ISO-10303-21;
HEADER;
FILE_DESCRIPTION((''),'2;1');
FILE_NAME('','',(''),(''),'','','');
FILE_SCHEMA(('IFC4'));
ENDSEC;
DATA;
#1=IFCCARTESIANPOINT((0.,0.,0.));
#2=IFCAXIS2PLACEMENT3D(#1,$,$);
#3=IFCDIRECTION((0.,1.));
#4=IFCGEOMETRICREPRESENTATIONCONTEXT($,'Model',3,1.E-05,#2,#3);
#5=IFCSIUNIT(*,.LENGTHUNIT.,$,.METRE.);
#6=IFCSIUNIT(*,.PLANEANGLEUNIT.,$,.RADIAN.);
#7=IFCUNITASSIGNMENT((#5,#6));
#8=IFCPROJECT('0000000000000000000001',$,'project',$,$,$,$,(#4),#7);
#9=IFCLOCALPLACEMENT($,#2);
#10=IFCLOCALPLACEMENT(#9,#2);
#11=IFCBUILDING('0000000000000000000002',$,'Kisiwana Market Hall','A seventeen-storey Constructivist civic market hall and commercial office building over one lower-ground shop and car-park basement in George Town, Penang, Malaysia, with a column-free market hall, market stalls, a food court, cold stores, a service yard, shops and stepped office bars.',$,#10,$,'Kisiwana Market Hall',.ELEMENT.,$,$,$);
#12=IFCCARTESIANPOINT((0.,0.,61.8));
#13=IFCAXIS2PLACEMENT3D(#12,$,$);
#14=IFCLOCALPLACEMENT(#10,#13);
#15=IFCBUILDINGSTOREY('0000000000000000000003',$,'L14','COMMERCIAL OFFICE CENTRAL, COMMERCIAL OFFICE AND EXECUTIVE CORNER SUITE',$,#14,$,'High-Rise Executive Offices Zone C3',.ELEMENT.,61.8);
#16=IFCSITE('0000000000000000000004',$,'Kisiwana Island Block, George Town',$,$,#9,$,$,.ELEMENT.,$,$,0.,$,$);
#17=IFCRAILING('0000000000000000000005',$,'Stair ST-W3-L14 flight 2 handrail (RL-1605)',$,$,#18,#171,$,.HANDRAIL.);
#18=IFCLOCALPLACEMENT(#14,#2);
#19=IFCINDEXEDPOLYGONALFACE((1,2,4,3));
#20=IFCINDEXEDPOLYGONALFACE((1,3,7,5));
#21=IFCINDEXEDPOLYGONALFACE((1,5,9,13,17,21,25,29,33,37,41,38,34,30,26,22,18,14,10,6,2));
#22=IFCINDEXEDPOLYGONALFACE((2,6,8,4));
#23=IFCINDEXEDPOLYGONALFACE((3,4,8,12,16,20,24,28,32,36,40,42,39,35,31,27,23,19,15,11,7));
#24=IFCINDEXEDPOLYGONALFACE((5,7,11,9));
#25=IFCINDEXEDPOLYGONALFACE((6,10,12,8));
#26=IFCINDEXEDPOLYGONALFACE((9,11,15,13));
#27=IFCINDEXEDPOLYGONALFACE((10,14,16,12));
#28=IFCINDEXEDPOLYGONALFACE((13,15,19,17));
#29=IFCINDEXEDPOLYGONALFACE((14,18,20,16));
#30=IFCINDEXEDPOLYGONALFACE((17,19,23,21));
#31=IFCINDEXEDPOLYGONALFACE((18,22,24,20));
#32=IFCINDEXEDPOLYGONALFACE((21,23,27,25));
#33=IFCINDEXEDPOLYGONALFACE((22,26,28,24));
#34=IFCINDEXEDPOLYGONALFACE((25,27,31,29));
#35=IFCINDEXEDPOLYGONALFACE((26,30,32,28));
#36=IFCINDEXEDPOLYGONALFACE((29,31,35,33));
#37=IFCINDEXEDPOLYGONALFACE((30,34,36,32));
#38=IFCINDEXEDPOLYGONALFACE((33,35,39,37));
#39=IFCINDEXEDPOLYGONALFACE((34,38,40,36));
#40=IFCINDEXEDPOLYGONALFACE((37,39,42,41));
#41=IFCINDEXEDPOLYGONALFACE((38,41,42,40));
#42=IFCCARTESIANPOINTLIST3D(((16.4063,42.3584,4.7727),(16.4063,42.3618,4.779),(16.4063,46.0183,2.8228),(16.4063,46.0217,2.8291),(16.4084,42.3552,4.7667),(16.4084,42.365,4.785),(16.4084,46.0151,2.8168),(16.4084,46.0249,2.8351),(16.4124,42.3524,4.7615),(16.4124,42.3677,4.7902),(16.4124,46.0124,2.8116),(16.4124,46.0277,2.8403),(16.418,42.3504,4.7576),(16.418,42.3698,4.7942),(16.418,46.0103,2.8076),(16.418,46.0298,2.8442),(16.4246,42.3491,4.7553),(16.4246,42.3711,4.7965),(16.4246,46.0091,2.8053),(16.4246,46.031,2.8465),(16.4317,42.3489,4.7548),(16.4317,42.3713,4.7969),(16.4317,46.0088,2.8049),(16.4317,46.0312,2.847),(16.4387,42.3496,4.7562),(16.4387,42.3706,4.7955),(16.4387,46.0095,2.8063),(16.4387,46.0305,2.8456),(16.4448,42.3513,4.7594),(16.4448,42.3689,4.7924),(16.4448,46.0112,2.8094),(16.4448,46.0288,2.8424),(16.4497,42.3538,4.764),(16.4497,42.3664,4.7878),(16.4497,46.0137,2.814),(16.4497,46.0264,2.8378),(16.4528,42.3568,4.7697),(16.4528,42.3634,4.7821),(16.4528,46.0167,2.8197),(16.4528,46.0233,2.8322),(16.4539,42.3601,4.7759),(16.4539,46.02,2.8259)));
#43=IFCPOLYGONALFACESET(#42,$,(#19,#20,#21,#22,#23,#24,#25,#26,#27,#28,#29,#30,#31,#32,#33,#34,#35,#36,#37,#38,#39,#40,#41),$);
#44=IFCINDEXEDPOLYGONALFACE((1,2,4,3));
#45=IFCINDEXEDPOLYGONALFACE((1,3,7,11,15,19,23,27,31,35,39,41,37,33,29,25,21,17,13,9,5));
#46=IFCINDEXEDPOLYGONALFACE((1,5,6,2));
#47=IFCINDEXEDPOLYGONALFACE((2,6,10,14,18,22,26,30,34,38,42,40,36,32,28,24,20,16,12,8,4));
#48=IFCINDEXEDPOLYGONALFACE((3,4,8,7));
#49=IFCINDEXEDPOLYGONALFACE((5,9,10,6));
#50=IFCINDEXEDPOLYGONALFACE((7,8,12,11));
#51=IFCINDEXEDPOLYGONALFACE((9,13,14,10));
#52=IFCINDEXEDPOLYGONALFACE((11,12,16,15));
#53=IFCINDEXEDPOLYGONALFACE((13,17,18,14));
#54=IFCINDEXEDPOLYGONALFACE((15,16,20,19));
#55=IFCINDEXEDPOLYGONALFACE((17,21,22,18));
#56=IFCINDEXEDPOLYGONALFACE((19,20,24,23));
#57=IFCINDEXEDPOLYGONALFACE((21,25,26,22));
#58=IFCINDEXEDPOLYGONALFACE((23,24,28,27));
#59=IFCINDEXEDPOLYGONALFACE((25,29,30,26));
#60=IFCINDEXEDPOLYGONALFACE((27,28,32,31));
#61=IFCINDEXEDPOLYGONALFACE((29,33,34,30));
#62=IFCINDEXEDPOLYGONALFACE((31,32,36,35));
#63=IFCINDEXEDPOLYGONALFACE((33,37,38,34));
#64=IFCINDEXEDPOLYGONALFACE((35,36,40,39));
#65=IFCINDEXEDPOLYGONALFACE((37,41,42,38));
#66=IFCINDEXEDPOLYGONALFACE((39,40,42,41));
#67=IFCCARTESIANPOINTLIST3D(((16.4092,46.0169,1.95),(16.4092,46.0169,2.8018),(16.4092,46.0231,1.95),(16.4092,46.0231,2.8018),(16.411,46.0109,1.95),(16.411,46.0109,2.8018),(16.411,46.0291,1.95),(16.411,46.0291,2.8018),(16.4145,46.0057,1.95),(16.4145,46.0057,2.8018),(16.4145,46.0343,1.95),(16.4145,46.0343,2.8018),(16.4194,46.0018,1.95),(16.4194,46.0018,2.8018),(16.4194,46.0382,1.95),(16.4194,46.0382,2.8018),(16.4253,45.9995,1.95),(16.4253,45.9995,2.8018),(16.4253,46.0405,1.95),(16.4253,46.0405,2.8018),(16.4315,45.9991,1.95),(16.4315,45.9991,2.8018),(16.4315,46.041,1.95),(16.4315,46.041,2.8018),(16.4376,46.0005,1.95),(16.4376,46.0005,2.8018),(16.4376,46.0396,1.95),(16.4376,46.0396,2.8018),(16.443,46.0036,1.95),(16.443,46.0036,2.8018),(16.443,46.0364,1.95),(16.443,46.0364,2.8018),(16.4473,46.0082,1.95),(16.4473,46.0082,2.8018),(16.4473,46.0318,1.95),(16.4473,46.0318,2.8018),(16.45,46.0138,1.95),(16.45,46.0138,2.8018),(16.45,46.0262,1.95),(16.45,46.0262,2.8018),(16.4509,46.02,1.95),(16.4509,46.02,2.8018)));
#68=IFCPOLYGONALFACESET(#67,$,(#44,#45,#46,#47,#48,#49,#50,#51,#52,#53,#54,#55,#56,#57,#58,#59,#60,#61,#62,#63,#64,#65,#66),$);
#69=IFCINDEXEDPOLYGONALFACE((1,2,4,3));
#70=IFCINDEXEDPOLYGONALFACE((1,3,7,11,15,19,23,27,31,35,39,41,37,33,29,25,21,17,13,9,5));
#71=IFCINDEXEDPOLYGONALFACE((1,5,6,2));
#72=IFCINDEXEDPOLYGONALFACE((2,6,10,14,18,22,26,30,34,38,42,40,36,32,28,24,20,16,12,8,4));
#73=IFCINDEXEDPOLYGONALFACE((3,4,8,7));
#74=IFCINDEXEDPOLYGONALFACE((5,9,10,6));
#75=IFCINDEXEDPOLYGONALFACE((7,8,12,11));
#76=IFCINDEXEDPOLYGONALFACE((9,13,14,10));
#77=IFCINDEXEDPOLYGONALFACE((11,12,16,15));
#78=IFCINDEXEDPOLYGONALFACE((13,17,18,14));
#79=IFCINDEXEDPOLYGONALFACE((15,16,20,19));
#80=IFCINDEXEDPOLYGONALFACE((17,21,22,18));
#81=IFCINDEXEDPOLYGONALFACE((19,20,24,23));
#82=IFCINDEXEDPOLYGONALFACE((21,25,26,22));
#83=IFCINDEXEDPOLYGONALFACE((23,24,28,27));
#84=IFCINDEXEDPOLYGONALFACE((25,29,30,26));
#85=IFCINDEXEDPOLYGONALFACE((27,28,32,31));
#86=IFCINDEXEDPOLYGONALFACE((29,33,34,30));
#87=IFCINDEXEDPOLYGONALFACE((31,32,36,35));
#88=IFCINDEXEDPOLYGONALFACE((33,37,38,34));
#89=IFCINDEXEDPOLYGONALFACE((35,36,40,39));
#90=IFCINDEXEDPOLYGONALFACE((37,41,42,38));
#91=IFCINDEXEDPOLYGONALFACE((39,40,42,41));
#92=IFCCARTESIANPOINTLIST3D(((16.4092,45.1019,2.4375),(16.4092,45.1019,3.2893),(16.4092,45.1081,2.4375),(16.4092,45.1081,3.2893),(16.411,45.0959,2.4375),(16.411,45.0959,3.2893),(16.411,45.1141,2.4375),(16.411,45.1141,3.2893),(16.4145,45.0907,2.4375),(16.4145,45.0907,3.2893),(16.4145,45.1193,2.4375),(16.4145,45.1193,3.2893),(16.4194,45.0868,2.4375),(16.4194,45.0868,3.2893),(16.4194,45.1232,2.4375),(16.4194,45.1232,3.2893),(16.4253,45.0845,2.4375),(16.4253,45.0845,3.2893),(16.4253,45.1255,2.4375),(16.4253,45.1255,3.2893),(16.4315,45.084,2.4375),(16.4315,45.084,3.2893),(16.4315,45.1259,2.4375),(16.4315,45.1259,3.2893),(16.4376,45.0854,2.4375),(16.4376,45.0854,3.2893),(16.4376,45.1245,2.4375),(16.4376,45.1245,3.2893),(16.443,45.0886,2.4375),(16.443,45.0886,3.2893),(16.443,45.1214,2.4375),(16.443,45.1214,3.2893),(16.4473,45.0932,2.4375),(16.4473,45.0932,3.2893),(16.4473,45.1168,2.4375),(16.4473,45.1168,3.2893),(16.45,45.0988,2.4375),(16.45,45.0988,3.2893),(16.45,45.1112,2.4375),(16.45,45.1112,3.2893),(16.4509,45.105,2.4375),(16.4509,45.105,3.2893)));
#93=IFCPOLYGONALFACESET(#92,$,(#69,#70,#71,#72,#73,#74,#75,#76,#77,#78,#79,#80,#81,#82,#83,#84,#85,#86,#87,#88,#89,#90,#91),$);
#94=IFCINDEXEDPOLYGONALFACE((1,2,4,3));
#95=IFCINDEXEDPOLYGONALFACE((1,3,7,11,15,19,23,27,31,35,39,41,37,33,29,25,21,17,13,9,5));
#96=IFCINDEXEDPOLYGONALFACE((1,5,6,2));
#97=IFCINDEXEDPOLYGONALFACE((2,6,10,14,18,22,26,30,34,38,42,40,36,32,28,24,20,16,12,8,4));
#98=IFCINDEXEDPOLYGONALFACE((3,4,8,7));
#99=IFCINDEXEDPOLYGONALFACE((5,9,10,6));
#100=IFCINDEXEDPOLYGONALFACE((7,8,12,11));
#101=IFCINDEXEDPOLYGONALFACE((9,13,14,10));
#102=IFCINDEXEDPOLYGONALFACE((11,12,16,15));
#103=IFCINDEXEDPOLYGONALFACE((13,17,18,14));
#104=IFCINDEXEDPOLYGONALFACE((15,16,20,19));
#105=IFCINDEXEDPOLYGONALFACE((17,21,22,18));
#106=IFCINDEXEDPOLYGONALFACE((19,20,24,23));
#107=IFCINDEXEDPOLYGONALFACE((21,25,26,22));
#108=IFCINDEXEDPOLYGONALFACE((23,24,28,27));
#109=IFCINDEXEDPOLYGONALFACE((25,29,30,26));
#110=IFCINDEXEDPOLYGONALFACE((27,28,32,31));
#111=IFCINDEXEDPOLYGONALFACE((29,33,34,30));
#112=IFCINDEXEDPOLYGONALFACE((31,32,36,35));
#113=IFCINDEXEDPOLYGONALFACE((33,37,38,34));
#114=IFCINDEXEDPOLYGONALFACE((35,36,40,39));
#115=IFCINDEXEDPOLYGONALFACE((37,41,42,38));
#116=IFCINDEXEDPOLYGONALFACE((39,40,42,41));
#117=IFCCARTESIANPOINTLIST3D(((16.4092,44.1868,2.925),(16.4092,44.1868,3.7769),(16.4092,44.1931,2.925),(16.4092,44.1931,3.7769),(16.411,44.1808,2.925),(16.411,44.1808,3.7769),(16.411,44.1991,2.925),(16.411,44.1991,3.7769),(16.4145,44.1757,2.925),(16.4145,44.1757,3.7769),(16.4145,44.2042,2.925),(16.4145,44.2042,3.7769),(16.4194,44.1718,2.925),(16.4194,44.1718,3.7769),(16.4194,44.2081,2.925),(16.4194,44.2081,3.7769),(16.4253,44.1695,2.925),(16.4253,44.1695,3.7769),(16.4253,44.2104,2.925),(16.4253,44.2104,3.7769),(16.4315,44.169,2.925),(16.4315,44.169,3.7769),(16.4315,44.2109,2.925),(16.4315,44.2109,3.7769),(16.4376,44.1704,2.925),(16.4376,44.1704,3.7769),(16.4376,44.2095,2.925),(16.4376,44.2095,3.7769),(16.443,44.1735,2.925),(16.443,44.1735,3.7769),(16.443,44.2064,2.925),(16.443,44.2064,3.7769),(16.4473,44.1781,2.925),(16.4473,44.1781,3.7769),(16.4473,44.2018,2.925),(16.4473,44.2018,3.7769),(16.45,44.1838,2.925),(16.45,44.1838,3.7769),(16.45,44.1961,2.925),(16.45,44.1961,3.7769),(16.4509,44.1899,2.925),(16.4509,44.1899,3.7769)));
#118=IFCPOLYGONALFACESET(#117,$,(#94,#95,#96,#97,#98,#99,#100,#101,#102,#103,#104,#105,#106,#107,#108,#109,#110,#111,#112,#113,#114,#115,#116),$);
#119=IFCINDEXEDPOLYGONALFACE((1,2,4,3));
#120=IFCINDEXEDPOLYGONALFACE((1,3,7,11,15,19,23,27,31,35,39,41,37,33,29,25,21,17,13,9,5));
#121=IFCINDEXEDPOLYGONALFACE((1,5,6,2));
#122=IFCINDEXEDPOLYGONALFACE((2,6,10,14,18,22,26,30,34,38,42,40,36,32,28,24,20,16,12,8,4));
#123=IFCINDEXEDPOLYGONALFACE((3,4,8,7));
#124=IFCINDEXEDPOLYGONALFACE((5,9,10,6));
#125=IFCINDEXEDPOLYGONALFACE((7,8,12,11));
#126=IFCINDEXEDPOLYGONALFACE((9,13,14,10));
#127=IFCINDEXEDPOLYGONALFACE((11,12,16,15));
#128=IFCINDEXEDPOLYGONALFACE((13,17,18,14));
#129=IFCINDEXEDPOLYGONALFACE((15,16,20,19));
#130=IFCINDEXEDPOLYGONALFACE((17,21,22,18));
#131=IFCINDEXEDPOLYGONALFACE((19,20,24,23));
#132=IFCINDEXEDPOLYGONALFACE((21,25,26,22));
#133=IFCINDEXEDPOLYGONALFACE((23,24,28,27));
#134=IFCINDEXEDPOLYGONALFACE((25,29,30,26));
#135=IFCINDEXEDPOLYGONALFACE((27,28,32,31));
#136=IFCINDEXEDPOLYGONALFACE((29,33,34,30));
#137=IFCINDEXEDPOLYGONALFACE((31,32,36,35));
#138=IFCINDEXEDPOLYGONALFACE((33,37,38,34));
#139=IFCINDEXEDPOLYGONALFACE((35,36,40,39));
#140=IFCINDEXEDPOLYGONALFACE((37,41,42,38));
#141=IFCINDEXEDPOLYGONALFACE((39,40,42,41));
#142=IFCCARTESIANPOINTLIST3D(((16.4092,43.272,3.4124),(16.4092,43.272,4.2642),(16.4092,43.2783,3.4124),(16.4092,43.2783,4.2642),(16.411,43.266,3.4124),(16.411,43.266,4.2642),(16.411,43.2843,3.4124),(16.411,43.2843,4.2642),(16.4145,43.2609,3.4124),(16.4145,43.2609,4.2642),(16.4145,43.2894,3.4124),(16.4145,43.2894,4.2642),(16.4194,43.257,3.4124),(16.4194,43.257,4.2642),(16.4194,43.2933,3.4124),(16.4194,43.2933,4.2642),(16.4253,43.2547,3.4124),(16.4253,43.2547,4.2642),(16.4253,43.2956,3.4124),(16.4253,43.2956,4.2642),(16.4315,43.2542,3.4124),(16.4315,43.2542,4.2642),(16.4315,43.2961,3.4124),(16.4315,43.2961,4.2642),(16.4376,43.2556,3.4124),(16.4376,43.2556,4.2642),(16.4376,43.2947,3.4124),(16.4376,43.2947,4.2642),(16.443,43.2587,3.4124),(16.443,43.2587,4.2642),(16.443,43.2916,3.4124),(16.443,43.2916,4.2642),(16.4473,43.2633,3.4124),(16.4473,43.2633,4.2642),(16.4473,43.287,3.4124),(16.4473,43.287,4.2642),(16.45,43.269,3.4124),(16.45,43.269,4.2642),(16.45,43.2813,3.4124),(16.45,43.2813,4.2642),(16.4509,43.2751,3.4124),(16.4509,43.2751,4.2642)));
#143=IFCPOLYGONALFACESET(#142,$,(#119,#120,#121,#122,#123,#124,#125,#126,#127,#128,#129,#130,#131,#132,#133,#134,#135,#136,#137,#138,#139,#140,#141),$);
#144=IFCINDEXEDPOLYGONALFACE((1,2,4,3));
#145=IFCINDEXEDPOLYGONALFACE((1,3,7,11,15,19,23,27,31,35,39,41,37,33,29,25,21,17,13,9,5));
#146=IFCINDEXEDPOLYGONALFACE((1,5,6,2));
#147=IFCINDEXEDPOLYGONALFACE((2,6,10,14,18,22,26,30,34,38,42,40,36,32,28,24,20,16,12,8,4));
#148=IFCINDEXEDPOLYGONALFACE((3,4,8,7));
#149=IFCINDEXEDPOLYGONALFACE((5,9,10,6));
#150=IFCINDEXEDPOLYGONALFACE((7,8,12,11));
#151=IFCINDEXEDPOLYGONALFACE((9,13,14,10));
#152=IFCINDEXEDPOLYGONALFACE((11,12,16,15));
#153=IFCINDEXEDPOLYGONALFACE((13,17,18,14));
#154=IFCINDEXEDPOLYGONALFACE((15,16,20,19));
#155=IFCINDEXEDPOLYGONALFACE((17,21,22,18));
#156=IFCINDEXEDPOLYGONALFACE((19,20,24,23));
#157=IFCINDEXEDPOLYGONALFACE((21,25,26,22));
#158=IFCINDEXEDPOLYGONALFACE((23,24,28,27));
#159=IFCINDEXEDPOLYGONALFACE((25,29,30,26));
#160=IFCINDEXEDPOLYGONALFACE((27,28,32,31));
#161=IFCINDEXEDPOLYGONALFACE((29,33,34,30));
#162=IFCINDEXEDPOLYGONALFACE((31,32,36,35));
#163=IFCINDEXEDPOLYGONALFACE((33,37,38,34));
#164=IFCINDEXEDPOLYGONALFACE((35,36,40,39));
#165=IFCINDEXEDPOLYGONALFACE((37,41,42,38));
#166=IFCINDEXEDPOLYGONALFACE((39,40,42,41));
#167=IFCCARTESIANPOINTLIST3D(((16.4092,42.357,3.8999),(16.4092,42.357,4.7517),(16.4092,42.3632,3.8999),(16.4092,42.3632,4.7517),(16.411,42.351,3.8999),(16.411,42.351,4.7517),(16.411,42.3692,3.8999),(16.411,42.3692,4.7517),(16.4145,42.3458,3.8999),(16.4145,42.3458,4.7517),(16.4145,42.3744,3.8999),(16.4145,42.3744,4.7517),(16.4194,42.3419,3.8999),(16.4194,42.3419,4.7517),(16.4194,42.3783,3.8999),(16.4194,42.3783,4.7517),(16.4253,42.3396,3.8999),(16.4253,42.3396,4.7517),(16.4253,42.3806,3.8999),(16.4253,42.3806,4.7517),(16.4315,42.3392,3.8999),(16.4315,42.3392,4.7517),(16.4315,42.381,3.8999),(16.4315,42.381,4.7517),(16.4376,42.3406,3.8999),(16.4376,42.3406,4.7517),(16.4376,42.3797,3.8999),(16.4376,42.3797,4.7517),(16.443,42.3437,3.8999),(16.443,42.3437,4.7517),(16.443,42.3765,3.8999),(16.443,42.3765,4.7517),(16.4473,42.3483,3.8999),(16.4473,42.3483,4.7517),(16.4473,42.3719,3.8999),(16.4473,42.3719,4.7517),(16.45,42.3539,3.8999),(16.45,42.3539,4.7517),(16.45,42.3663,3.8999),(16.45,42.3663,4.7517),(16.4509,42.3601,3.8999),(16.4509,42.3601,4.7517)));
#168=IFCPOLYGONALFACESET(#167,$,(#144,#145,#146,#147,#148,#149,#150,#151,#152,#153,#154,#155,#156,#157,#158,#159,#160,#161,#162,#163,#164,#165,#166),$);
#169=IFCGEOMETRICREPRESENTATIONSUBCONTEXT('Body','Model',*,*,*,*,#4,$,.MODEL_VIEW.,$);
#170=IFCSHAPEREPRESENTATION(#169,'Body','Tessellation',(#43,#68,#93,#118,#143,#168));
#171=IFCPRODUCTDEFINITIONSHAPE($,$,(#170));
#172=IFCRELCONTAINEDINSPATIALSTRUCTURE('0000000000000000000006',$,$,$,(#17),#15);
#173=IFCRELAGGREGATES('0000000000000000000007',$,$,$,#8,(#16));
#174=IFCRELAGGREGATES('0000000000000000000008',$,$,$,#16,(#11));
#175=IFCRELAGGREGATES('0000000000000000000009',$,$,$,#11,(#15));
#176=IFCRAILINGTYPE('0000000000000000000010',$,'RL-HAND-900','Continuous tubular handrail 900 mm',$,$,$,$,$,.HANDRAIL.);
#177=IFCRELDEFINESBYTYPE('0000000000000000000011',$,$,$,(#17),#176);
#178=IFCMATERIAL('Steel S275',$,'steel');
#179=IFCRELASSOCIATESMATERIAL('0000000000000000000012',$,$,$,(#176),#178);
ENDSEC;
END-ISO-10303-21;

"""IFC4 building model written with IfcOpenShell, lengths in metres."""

from ifc_helpers import new_model, si_unit, direction, frame, origin, origin_2d, place, context, subcontext, project, spatial, circle, extrude, material, type_object, element, save


model = new_model("IFC4")

# Units and contexts
model_context = context("Model", 3, precision=1e-05, world=origin(), true_north=direction((0.0, 1.0)))
body_context = subcontext(model_context, "Body", "Model", "MODEL_VIEW")
ifc_project = project(units=[si_unit("LENGTHUNIT", "METRE"), si_unit("PLANEANGLEUNIT", "RADIAN")], contexts=[model_context])

# Site, building, storey
site_placement = place(None, origin())
site = spatial("IfcSite", under=ifc_project, at=site_placement, Name="Kisiwana Island Block, George Town", CompositionType="ELEMENT", RefElevation=0.0)
building_placement = place(site_placement, origin())
building = spatial("IfcBuilding", under=site, at=building_placement, Name="Kisiwana Market Hall", Description="A seventeen-storey Constructivist civic market hall and commercial office building over one lower-ground shop and car-park basement in George Town, Penang, Malaysia, with a column-free market hall, market stalls, a food court, cold stores, a service yard, shops and stepped office bars.", LongName="Kisiwana Market Hall", CompositionType="ELEMENT")
storey_placement = place(building_placement, frame((0.0, 0.0, 61.8)))
storey = spatial("IfcBuildingStorey", under=building, at=storey_placement, Name="L14", Description="COMMERCIAL OFFICE CENTRAL, COMMERCIAL OFFICE AND EXECUTIVE CORNER SUITE", LongName="High-Rise Executive Offices Zone C3", CompositionType="ELEMENT", Elevation=61.8)

# Railing
ifc_material_1 = material(Name="Steel S275", Category="steel")
railing_type_1 = type_object("IfcRailingType", Name="RL-HAND-900", Description="Continuous tubular handrail 900 mm", PredefinedType="HANDRAIL", material=ifc_material_1)
for number, where, name in (
    (1, (16.4299, 46.02, 1.95), "Stair ST-W3-L14 flight 2 handrail (RL-1605)"),
):
    element("IfcRailing", number, at=place(storey_placement, frame(where)), inside=storey, type_object=railing_type_1, Name=name, PredefinedType="HANDRAIL", context=body_context, shape_type="SweptSolid", body=[
        extrude(circle(Radius=0.0239, at=origin_2d()), frame((0.0, 0.0, 0.876), z_axis=(0.0, -0.882553, 0.470212), x_axis=(1.0, 0.0, 0.0)), (0.0, 0.0, 1.0), 4.147),
        extrude(circle(Radius=0.021, at=origin_2d()), origin(), (0.0, 0.0, 1.0), 0.8518),
        extrude(circle(Radius=0.021, at=origin_2d()), frame((0.0, -0.915, 0.4875)), (0.0, 0.0, 1.0), 0.8518),
        extrude(circle(Radius=0.021, at=origin_2d()), frame((0.0, -1.8301, 0.9751)), (0.0, 0.0, 1.0), 0.8518),
        extrude(circle(Radius=0.021, at=origin_2d()), frame((0.0, -2.7449, 1.4624)), (0.0, 0.0, 1.0), 0.8518),
        extrude(circle(Radius=0.021, at=origin_2d()), frame((0.0, -3.6599, 1.95)), (0.0, 0.0, 1.0), 0.8518),
    ])

save(model, "model.ifc")
